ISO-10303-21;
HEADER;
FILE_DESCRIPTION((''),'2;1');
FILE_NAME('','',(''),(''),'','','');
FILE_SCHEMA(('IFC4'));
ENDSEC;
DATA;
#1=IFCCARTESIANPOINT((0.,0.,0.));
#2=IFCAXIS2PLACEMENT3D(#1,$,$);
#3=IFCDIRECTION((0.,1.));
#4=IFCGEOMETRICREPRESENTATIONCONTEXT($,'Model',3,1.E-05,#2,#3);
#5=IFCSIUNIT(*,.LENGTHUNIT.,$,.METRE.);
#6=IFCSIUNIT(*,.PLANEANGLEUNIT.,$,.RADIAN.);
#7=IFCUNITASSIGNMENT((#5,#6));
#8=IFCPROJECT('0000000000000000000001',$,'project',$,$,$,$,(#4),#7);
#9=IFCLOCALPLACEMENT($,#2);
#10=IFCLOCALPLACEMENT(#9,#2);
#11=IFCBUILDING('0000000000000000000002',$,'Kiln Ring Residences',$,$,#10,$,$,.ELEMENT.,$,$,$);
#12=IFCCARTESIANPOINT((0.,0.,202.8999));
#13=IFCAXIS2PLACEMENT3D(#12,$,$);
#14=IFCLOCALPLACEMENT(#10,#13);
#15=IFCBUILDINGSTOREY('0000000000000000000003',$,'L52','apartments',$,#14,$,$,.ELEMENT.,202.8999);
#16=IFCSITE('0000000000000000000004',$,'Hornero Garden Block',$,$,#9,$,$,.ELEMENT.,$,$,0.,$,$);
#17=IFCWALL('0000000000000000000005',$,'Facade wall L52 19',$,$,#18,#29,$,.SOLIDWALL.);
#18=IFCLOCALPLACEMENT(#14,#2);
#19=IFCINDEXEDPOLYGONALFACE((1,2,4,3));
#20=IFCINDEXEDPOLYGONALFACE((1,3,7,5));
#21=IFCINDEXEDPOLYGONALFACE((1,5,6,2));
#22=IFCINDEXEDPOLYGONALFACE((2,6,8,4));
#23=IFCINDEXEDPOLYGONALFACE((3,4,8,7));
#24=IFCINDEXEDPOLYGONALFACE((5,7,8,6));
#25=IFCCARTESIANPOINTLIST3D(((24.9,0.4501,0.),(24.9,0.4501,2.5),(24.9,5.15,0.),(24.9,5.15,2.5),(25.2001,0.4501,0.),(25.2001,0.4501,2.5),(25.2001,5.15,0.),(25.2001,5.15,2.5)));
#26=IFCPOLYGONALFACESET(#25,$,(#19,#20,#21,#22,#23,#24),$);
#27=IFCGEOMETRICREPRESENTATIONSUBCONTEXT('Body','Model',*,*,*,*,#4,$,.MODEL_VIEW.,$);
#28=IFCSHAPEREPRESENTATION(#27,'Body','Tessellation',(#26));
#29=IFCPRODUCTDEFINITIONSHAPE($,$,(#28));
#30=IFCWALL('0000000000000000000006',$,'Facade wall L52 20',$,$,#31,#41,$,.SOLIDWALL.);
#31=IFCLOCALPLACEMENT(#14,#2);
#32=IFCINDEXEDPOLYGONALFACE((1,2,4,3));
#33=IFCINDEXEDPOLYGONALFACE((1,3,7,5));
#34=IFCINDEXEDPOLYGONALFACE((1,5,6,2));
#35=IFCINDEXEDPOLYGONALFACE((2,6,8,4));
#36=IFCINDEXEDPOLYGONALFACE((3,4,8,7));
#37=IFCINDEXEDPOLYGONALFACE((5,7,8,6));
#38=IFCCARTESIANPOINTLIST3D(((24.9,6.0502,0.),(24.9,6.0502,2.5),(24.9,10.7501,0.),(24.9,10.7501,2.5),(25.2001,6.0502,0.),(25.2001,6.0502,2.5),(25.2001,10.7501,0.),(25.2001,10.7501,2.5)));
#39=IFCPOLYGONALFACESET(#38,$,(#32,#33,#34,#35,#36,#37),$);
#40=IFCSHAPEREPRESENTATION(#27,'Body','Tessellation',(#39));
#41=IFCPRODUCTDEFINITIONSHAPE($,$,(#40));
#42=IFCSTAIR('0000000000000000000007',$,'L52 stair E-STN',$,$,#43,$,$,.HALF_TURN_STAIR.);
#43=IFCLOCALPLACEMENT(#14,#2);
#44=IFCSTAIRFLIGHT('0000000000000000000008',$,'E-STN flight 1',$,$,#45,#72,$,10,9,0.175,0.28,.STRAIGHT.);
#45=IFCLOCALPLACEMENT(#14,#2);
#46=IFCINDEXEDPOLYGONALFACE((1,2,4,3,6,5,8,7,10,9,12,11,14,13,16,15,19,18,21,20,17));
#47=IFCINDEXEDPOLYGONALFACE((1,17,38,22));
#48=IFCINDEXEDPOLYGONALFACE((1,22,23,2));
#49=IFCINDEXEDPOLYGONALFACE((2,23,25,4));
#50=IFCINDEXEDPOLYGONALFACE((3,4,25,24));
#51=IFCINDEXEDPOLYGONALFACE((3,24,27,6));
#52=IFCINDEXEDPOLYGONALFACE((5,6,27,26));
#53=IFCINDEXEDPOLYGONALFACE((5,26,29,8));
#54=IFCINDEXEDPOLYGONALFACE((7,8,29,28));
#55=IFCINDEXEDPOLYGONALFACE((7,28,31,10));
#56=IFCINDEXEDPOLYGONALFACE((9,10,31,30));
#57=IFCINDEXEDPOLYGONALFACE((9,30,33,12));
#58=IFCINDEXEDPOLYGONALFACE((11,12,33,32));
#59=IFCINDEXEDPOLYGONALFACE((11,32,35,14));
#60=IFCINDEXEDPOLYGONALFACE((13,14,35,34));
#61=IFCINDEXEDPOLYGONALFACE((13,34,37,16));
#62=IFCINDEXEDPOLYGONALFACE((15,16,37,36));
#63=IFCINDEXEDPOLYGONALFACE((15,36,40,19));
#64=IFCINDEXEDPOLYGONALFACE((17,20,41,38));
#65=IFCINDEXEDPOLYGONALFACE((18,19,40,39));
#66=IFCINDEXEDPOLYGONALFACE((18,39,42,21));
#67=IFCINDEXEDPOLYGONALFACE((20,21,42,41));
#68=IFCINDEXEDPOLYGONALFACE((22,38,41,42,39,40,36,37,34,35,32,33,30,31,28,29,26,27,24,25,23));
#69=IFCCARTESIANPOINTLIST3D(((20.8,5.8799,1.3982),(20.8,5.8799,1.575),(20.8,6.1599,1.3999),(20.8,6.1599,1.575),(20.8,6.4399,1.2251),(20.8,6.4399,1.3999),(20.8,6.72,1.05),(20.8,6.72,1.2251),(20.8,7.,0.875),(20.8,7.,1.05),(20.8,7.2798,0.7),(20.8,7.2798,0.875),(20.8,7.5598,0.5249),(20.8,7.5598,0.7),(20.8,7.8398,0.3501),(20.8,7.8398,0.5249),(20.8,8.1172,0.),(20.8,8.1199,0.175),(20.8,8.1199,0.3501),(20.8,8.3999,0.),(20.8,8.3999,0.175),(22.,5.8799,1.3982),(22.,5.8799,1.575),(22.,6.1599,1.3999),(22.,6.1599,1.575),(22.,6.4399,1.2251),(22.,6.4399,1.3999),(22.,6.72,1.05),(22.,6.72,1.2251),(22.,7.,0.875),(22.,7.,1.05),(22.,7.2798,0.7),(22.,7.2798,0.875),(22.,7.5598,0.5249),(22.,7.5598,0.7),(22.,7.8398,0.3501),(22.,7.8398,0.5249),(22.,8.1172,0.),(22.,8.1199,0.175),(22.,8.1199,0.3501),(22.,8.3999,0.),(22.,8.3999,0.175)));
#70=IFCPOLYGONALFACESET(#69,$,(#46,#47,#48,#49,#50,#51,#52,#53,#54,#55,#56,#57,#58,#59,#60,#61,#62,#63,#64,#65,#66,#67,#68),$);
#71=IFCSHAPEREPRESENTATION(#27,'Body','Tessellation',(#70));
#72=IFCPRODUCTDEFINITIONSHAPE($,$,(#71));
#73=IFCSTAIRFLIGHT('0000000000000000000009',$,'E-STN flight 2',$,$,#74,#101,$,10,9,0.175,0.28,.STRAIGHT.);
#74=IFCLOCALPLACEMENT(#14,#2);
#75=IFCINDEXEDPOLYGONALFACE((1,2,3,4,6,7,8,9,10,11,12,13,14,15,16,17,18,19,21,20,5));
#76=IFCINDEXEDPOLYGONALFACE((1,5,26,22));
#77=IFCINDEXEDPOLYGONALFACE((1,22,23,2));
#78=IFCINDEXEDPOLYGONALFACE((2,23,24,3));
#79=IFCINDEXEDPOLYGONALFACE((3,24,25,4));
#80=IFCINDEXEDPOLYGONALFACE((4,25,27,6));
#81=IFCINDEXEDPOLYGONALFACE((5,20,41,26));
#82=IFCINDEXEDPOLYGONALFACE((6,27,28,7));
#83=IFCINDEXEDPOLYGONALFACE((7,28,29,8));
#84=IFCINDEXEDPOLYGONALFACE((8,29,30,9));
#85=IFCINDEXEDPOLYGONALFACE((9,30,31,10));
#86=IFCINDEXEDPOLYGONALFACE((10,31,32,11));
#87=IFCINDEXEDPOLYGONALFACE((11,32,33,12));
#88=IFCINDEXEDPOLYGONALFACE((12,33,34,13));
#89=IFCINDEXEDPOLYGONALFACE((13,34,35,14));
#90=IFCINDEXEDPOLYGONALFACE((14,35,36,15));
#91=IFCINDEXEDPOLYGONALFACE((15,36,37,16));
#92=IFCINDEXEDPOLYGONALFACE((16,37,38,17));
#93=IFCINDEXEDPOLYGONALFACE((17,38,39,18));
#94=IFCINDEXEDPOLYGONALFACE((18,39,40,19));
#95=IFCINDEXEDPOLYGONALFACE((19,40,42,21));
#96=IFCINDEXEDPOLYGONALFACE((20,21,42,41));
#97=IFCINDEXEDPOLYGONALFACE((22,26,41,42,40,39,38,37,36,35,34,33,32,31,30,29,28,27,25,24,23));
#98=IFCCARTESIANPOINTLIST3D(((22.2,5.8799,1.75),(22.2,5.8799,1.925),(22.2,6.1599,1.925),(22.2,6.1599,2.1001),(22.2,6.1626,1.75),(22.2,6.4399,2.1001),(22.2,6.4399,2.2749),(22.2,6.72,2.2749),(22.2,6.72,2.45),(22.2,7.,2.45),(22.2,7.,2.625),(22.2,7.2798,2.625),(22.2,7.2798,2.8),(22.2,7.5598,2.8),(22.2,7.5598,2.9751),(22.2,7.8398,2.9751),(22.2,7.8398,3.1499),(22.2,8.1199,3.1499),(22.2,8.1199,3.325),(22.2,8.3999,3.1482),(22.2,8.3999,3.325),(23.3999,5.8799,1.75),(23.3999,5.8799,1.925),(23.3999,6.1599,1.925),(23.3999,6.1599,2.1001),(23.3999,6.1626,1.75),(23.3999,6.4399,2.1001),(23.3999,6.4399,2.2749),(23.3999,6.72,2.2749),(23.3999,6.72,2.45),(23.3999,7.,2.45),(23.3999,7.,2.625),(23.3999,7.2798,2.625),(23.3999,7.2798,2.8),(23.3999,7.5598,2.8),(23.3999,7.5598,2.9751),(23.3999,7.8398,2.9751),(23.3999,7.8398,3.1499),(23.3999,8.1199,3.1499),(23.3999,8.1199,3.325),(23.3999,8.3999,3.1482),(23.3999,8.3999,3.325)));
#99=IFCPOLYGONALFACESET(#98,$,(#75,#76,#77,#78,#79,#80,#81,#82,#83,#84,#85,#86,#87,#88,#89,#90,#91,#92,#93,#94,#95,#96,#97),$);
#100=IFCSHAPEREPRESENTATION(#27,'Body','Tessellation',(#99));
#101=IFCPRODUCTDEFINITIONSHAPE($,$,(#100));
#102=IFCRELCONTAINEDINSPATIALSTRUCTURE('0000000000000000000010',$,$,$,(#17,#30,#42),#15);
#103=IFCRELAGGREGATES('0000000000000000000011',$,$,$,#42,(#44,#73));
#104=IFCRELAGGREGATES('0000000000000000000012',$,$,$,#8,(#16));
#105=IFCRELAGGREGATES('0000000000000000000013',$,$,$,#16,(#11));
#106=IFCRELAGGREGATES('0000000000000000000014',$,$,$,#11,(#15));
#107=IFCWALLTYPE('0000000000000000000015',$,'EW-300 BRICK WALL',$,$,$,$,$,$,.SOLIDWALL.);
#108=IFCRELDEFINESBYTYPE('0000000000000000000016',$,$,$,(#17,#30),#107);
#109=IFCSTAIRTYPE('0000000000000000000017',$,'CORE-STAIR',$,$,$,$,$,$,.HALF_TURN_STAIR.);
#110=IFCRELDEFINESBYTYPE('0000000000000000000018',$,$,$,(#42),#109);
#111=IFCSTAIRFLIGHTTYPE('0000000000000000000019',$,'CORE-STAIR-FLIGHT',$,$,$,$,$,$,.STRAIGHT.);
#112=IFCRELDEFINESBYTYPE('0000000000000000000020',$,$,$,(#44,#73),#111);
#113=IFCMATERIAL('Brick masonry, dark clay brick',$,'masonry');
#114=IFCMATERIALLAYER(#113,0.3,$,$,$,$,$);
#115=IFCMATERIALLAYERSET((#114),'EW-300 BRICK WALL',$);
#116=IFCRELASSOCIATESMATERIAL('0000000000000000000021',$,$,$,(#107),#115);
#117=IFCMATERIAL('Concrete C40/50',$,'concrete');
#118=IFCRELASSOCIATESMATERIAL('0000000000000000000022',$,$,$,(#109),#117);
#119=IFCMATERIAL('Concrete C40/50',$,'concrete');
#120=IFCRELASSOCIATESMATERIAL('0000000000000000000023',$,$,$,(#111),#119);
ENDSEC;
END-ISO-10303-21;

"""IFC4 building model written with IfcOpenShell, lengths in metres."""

from ifc_helpers import new_model, si_unit, direction, frame, frame_2d, origin, place, context, subcontext, project, spatial, polyline, rectangle, outline, extrude, material, layer, layer_set, type_object, element, aggregate, save


model = new_model("IFC4")

# Units and contexts
model_context = context("Model", 3, precision=1e-05, world=origin(), true_north=direction((0.0, 1.0)))
body_context = subcontext(model_context, "Body", "Model", "MODEL_VIEW")
ifc_project = project(units=[si_unit("LENGTHUNIT", "METRE"), si_unit("PLANEANGLEUNIT", "RADIAN")], contexts=[model_context])

# Site, building, storey
site_placement = place(None, origin())
site = spatial("IfcSite", under=ifc_project, at=site_placement, Name="Hornero Garden Block", CompositionType="ELEMENT", RefElevation=0.0)
building_placement = place(site_placement, origin())
building = spatial("IfcBuilding", under=site, at=building_placement, Name="Kiln Ring Residences", CompositionType="ELEMENT")
storey_placement = place(building_placement, frame((0.0, 0.0, 202.8999)))
storey = spatial("IfcBuildingStorey", under=building, at=storey_placement, Name="L52", Description="apartments", CompositionType="ELEMENT", Elevation=202.8999)

# Walls
ifc_material_1 = material(Name="Brick masonry, dark clay brick", Category="masonry")
ifc_layer_1 = layer(ifc_material_1, 0.3)
ifc_layer_set_1 = layer_set([ifc_layer_1], Name="EW-300 BRICK WALL")
wall_type_1 = type_object("IfcWallType", Name="EW-300 BRICK WALL", PredefinedType="SOLIDWALL", material=ifc_layer_set_1)
for number, where, z_axis, x_axis, name in (
    (1, (25.05, 0.45, 0.0), (0.0, 0.0, 1.0), (0.0, 1.0, 0.0), "Facade wall L52 19"),
    (2, (25.05, 6.05, 0.0), (0.0, 0.0, 1.0), (0.0, 1.0, 0.0), "Facade wall L52 20"),
):
    element("IfcWall", number, at=place(storey_placement, frame(where, z_axis=z_axis, x_axis=x_axis)), inside=storey, type_object=wall_type_1, Name=name, PredefinedType="SOLIDWALL", context=body_context, shape_type="SweptSolid", body=[
        extrude(rectangle(XDim=4.7, YDim=0.3, at=frame_2d((2.3501, 0.0))), origin(), (0.0, 0.0, 1.0), 2.5),
    ])

# Stair, stair flights
ifc_material_2 = material(Name="Concrete C40/50", Category="concrete")
stair_type = type_object("IfcStairType", Name="CORE-STAIR", PredefinedType="HALF_TURN_STAIR", material=ifc_material_2)
stair_placement = place(storey_placement, origin())
stair = element("IfcStair", 3, at=stair_placement, inside=storey, type_object=stair_type, Name="L52 stair E-STN", PredefinedType="HALF_TURN_STAIR")
ifc_material_3 = material(Name="Concrete C40/50", Category="concrete")
stair_flight_type = type_object("IfcStairFlightType", Name="CORE-STAIR-FLIGHT", PredefinedType="STRAIGHT", material=ifc_material_3)
stair_flight_1_placement = place(storey_placement, frame((21.3999, 8.3999, 0.0), z_axis=(0.0, 0.0, 1.0), x_axis=(0.0, -1.0, 0.0)))
stair_flight_1 = element("IfcStairFlight", 4, at=stair_flight_1_placement, type_object=stair_flight_type, Name="E-STN flight 1", NumberOfRisers=10, NumberOfTreads=9, PredefinedType="STRAIGHT", RiserHeight=0.175, TreadLength=0.28, context=body_context, shape_type="SweptSolid", body=[
    extrude(outline(polyline([(0.0, 0.0), (0.0, 0.175), (0.28, 0.175), (0.28, 0.3501), (0.5601, 0.3501), (0.5601, 0.5249), (0.8401, 0.5249), (0.8401, 0.7), (1.1201, 0.7), (1.1201, 0.875), (1.3999, 0.875), (1.3999, 1.05), (1.6799, 1.05), (1.6799, 1.2251), (1.96, 1.2251), (1.96, 1.3999), (2.24, 1.3999), (2.24, 1.575), (2.52, 1.575), (2.52, 1.75), (2.52, 1.3982), (0.2827, 0.0), (0.0, 0.0)])), frame((0.0, 0.6001, 0.0), z_axis=(0.0, -1.0, 0.0), x_axis=(1.0, 0.0, 0.0)), (0.0, 0.0, 1.0), 1.2),
])
stair_flight_2_placement = place(storey_placement, frame((22.8, 5.8799, 1.75), z_axis=(0.0, 0.0, 1.0), x_axis=(0.0, 1.0, 0.0)))
stair_flight_2 = element("IfcStairFlight", 5, at=stair_flight_2_placement, type_object=stair_flight_type, Name="E-STN flight 2", NumberOfRisers=10, NumberOfTreads=9, PredefinedType="STRAIGHT", RiserHeight=0.175, TreadLength=0.28, context=body_context, shape_type="SweptSolid", body=[
    extrude(outline(polyline([(0.0, 0.0), (0.0, 0.175), (0.28, 0.175), (0.28, 0.3501), (0.5601, 0.3501), (0.5601, 0.5249), (0.8401, 0.5249), (0.8401, 0.7), (1.1201, 0.7), (1.1201, 0.875), (1.3999, 0.875), (1.3999, 1.05), (1.6799, 1.05), (1.6799, 1.2251), (1.96, 1.2251), (1.96, 1.3999), (2.24, 1.3999), (2.24, 1.575), (2.52, 1.575), (2.52, 1.75), (2.52, 1.3982), (0.2827, 0.0), (0.0, 0.0)])), frame((0.0, 0.6001, 0.0), z_axis=(0.0, -1.0, 0.0), x_axis=(1.0, 0.0, 0.0)), (0.0, 0.0, 1.0), 1.2),
])
aggregate(stair, [stair_flight_1, stair_flight_2])

save(model, "model.ifc")
